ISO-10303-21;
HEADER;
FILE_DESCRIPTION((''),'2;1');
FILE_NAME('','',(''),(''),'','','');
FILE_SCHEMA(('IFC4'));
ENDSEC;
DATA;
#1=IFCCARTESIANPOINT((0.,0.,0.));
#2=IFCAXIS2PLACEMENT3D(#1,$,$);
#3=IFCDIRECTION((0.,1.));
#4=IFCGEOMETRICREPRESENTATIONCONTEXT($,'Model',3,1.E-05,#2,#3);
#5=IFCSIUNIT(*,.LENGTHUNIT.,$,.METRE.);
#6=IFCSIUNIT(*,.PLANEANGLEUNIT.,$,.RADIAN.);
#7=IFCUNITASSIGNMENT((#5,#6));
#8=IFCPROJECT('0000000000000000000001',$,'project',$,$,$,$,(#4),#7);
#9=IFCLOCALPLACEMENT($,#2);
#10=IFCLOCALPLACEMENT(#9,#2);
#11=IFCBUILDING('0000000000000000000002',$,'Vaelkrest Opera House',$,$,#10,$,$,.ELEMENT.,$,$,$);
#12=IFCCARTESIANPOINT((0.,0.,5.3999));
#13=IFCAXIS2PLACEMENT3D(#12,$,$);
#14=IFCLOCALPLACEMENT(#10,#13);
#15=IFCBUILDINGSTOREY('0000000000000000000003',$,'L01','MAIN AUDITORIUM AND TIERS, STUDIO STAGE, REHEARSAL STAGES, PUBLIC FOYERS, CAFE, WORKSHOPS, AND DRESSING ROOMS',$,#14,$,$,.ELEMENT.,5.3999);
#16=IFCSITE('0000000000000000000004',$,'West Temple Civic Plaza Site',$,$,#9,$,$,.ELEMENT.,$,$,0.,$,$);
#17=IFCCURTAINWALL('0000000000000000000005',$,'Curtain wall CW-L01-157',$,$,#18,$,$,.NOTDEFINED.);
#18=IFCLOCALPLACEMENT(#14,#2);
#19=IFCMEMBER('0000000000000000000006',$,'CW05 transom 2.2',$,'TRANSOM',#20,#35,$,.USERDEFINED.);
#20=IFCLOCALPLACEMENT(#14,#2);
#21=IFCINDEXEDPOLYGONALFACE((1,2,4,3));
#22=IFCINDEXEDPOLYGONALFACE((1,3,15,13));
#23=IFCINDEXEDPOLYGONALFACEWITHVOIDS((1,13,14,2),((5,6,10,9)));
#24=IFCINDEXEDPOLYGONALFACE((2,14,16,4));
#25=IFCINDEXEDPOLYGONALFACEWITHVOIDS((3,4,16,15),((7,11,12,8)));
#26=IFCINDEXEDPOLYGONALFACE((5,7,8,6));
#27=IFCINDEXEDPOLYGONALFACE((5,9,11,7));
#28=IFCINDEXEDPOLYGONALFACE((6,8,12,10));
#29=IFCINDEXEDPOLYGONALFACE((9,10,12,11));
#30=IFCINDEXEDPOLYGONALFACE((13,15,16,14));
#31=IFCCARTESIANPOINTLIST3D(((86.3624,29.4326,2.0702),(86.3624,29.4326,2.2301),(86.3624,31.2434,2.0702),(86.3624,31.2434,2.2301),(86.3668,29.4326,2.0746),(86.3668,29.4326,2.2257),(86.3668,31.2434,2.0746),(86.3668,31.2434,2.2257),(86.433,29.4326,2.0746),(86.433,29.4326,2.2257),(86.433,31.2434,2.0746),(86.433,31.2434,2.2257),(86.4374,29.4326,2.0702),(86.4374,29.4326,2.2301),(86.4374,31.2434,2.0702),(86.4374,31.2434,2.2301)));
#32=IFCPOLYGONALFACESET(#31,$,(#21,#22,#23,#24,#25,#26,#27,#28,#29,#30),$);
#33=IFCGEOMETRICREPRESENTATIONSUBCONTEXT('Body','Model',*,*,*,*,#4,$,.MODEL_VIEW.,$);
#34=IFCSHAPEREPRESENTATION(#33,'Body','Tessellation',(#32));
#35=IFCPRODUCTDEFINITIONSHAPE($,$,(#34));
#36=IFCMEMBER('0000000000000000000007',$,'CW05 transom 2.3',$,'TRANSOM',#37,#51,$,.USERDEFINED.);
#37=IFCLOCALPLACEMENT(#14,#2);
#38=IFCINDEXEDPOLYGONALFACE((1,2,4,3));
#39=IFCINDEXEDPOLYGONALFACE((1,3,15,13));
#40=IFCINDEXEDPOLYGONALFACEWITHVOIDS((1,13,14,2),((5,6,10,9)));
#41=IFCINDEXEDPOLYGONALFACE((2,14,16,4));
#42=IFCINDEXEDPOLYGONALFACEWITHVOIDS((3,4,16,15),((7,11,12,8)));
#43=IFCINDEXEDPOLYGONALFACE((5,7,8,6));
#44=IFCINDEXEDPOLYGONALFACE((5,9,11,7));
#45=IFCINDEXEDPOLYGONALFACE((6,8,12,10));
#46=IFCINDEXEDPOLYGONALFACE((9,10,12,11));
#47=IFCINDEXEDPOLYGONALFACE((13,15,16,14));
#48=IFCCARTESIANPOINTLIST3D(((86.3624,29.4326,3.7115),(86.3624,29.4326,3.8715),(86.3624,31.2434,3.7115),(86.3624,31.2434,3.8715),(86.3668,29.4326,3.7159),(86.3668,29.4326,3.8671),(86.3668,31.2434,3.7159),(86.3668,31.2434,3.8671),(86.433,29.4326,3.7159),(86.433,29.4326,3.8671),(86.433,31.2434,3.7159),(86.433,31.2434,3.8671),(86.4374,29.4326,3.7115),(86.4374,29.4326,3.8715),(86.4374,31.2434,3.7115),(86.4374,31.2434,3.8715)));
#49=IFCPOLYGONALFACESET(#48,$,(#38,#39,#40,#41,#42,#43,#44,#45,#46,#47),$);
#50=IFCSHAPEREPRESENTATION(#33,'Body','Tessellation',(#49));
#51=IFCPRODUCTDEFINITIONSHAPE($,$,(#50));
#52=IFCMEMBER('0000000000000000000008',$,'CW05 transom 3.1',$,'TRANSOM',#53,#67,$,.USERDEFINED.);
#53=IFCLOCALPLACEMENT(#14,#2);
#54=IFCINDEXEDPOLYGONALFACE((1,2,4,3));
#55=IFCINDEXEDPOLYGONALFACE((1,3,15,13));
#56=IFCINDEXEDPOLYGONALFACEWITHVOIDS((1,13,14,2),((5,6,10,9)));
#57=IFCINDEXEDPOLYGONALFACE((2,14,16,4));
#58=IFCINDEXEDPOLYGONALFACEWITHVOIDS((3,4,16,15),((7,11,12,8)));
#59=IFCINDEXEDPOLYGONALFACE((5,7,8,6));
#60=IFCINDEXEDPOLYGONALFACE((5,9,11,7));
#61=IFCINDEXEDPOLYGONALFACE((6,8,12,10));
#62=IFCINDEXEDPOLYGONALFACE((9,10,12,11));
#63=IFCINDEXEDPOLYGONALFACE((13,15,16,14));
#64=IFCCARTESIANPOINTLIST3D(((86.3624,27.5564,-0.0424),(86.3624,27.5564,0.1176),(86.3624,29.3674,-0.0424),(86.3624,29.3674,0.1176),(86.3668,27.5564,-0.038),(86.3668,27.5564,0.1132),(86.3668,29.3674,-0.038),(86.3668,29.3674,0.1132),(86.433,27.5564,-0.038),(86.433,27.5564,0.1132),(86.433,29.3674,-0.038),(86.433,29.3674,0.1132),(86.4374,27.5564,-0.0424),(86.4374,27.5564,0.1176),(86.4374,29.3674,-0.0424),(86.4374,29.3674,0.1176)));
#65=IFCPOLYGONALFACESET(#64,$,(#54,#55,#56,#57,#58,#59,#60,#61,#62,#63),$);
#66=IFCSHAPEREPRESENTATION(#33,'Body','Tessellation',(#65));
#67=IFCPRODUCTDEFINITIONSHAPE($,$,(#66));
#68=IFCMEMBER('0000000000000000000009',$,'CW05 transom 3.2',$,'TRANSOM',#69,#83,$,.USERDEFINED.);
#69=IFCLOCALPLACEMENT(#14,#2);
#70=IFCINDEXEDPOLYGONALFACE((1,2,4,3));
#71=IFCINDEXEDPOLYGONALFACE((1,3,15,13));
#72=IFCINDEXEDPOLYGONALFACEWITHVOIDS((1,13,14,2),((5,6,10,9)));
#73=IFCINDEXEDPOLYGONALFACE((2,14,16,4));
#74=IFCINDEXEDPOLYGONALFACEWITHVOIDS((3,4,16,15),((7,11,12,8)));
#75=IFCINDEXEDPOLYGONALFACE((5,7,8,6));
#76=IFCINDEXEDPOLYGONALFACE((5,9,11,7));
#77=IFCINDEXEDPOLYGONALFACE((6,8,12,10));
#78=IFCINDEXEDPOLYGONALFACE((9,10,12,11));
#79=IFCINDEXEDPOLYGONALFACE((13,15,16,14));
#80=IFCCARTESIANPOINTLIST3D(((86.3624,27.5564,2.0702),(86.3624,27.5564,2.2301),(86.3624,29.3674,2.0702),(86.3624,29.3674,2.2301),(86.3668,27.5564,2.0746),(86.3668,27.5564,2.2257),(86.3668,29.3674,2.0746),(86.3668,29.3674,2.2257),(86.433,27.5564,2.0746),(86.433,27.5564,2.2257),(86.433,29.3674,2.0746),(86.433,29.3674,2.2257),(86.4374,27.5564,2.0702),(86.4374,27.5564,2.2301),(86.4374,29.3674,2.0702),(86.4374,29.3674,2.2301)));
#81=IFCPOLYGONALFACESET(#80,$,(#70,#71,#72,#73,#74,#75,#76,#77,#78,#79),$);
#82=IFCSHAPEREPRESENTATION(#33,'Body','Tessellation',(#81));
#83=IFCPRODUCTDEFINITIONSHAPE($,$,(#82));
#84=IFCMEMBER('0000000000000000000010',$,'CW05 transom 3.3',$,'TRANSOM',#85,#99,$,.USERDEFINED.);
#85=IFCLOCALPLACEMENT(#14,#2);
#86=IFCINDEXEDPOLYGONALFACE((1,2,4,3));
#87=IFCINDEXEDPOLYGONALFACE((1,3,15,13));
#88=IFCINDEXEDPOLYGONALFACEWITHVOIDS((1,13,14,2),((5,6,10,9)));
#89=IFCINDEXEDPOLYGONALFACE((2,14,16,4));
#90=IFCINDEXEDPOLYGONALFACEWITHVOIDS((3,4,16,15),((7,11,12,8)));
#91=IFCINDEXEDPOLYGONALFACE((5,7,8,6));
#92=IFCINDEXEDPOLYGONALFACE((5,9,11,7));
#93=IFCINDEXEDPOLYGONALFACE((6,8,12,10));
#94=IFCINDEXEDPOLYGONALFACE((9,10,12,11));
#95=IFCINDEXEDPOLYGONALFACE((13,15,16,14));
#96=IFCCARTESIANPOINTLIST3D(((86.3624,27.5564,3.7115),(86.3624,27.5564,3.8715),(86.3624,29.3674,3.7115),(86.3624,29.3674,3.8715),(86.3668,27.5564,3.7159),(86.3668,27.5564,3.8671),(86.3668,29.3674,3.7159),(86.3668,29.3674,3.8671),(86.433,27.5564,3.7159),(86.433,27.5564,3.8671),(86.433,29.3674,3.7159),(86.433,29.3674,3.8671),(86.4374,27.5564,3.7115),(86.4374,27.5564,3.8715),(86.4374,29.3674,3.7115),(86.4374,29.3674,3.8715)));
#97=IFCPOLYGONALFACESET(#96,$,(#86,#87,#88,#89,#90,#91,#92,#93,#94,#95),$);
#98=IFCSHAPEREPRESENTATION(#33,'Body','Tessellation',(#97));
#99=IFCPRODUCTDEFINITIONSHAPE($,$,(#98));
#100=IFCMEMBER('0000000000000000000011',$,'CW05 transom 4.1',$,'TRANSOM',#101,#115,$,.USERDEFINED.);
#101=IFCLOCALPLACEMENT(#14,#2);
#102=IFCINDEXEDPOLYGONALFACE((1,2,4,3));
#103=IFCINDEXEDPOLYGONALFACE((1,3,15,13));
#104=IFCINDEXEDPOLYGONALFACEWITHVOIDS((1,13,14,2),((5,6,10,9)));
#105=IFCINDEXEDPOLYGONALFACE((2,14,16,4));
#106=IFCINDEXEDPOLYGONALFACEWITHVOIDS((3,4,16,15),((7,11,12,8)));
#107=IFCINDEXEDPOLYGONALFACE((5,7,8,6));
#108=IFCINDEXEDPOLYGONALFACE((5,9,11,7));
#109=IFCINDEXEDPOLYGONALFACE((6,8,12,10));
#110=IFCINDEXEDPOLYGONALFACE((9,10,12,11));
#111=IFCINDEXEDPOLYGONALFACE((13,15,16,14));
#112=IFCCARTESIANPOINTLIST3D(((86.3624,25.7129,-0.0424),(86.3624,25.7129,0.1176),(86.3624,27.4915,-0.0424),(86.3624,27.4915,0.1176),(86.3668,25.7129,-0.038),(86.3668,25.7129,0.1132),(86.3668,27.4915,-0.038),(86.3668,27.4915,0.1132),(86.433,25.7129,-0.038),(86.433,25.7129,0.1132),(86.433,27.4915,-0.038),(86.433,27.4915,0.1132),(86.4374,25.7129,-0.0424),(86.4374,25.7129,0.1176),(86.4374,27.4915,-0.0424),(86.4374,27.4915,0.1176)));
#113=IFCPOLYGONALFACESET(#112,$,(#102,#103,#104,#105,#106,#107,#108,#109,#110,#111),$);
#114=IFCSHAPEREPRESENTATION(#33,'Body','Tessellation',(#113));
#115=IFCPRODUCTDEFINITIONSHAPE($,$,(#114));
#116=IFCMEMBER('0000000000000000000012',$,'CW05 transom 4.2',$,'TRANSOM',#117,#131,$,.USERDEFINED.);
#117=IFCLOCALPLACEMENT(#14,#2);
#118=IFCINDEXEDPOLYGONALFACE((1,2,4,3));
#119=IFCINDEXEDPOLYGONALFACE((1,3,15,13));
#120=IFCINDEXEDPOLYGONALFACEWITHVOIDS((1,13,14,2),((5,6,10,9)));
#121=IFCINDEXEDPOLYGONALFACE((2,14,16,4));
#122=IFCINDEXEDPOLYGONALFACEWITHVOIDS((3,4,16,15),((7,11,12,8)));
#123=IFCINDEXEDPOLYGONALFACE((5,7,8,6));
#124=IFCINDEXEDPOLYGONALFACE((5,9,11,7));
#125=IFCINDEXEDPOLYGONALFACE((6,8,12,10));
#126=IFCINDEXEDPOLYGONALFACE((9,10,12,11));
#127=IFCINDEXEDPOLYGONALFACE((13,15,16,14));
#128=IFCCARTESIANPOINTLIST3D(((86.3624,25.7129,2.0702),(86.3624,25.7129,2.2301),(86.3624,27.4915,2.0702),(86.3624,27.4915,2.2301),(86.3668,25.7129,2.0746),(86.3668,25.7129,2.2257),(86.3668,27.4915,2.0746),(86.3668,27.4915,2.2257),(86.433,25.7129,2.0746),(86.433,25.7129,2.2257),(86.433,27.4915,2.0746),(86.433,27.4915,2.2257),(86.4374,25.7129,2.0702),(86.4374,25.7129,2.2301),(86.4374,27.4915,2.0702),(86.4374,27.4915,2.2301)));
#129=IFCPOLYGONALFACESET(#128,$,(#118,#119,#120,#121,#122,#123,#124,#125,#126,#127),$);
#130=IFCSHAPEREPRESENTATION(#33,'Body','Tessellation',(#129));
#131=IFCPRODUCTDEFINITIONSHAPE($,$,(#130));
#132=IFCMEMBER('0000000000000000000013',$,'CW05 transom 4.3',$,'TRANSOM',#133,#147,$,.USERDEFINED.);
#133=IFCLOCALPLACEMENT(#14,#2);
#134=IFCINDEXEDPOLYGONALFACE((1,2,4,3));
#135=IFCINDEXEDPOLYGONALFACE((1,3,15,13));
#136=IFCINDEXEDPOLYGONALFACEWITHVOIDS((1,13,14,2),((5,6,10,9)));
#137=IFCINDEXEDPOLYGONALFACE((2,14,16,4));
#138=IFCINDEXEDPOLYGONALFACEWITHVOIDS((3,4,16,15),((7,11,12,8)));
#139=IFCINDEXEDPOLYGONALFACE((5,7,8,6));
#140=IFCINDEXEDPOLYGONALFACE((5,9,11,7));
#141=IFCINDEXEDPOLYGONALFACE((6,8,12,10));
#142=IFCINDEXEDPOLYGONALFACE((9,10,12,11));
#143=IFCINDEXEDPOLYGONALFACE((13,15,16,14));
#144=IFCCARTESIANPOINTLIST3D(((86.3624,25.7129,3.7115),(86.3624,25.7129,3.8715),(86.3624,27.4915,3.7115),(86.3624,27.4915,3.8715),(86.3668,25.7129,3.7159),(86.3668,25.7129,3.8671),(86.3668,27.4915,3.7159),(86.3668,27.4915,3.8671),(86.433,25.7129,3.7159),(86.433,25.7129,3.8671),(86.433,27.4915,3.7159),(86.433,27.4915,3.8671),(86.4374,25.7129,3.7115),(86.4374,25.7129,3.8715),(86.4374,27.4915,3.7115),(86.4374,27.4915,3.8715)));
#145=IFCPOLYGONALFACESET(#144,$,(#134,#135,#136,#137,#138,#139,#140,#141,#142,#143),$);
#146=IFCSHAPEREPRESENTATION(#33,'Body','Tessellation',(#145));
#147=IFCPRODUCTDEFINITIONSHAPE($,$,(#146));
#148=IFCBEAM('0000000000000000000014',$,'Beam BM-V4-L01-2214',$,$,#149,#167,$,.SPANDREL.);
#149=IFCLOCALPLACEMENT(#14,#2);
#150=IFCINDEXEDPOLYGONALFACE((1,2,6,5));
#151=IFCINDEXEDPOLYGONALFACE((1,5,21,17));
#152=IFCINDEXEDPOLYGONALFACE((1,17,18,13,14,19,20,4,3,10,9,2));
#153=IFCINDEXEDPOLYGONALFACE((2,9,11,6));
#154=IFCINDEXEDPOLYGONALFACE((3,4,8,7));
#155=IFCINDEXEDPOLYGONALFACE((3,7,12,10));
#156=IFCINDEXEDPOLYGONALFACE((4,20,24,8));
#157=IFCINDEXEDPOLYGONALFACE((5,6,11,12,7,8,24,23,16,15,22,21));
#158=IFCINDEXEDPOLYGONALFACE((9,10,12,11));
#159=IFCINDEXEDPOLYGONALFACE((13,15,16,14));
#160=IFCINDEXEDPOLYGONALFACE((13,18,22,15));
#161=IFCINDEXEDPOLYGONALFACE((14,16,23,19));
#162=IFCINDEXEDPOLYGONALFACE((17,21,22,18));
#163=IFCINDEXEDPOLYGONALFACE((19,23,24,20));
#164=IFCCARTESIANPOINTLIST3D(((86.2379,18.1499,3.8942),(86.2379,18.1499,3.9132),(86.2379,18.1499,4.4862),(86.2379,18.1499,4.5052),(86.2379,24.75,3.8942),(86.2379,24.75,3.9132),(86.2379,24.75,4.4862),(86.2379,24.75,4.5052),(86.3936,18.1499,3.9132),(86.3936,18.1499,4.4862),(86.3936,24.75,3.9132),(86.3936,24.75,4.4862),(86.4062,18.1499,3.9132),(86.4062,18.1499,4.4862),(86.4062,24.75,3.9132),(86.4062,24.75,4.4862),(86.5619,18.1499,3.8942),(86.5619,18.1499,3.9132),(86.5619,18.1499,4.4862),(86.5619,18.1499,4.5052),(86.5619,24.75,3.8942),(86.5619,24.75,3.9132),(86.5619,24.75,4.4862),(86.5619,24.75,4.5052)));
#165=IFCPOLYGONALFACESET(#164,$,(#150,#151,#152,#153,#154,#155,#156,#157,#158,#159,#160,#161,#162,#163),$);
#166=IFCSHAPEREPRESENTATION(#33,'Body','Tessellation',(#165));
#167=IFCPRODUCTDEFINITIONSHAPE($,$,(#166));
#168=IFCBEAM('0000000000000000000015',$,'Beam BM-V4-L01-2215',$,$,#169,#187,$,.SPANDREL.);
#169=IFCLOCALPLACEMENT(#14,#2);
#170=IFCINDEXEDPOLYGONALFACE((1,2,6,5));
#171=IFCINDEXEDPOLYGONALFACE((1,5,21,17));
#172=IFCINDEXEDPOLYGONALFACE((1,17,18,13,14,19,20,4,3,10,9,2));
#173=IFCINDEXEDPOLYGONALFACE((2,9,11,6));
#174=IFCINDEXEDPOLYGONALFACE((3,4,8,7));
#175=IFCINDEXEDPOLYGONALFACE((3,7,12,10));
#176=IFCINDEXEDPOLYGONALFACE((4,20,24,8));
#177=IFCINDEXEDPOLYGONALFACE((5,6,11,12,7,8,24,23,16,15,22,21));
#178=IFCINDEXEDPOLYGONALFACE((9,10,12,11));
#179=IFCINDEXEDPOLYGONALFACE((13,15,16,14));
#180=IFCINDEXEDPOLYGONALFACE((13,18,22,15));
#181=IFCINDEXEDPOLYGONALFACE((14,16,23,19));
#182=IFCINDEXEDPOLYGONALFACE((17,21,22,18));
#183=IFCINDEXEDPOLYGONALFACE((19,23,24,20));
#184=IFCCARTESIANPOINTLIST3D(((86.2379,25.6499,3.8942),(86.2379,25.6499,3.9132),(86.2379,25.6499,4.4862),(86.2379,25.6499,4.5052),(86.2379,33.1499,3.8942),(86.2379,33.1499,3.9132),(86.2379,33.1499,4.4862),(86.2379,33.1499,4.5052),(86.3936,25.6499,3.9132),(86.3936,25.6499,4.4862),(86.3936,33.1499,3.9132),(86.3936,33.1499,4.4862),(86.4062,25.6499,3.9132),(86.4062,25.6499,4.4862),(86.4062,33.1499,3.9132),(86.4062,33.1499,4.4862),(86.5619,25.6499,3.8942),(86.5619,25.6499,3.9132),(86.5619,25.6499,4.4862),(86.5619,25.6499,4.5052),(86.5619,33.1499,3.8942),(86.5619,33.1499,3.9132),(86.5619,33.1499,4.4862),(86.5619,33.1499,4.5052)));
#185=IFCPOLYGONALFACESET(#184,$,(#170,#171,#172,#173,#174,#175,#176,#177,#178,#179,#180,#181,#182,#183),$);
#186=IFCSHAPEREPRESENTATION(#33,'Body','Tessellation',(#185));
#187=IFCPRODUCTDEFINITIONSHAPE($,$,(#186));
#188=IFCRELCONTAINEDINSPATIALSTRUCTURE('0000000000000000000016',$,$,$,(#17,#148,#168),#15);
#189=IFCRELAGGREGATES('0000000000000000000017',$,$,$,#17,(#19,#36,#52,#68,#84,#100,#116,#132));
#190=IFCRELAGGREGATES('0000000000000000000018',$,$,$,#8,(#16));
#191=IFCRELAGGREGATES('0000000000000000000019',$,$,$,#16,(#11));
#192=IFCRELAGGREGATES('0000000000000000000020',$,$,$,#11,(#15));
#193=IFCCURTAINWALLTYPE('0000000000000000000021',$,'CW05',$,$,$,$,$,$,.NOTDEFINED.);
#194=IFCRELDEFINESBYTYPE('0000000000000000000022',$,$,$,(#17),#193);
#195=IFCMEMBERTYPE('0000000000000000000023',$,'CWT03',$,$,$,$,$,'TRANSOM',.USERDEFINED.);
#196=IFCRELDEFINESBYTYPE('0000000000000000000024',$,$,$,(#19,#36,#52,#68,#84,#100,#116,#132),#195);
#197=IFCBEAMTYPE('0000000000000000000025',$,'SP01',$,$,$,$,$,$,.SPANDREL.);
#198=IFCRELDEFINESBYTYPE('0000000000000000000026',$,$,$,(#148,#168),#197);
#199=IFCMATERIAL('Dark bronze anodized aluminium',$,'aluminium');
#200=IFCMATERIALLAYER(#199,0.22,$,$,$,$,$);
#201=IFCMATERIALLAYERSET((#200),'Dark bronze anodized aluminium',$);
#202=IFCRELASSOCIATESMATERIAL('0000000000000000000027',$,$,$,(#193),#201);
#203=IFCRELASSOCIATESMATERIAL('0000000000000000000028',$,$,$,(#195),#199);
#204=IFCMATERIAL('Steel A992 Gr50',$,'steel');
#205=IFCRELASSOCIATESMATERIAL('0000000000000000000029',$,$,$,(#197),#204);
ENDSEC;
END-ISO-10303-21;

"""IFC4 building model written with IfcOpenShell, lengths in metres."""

from ifc_helpers import new_model, si_unit, direction, frame, origin, origin_2d, place, context, subcontext, project, spatial, hollow_rectangle, i_section, extrude, material, layer, layer_set, material_profile, profile_set, type_object, element, aggregate, save


model = new_model("IFC4")

# Units and contexts
model_context = context("Model", 3, precision=1e-05, world=origin(), true_north=direction((0.0, 1.0)))
body_context = subcontext(model_context, "Body", "Model", "MODEL_VIEW")
ifc_project = project(units=[si_unit("LENGTHUNIT", "METRE"), si_unit("PLANEANGLEUNIT", "RADIAN")], contexts=[model_context])

# Site, building, storey
site_placement = place(None, origin())
site = spatial("IfcSite", under=ifc_project, at=site_placement, Name="West Temple Civic Plaza Site", CompositionType="ELEMENT", RefElevation=0.0)
building_placement = place(site_placement, origin())
building = spatial("IfcBuilding", under=site, at=building_placement, Name="Vaelkrest Opera House", CompositionType="ELEMENT")
storey_placement = place(building_placement, frame((0.0, 0.0, 5.3999)))
storey = spatial("IfcBuildingStorey", under=building, at=storey_placement, Name="L01", Description="MAIN AUDITORIUM AND TIERS, STUDIO STAGE, REHEARSAL STAGES, PUBLIC FOYERS, CAFE, WORKSHOPS, AND DRESSING ROOMS", CompositionType="ELEMENT", Elevation=5.3999)

# Curtain wall, members
ifc_material_1 = material(Name="Dark bronze anodized aluminium", Category="aluminium")
ifc_layer_1 = layer(ifc_material_1, 0.22)
ifc_layer_set_1 = layer_set([ifc_layer_1], Name="Dark bronze anodized aluminium")
curtain_wall_type = type_object("IfcCurtainWallType", Name="CW05", PredefinedType="NOTDEFINED", material=ifc_layer_set_1)
curtain_wall_placement = place(storey_placement, origin())
curtain_wall = element("IfcCurtainWall", 1, at=curtain_wall_placement, inside=storey, type_object=curtain_wall_type, Name="Curtain wall CW-L01-157", PredefinedType="NOTDEFINED")
ifc_material_profile_1 = material_profile(ifc_material_1, hollow_rectangle(XDim=0.075, YDim=0.1599, WallThickness=0.0044, at=origin_2d()), Name="CWT75X160")
ifc_profile_set_1 = profile_set([ifc_material_profile_1], Name="Dark bronze anodized aluminium")
member_type_1 = type_object("IfcMemberType", Name="CWT03", ElementType="TRANSOM", PredefinedType="USERDEFINED", material=ifc_profile_set_1)
member_1_placement = place(storey_placement, frame((86.3999, 31.2434, 2.1501), z_axis=(0.0, -1.0, 0.0), x_axis=(1.0, 0.0, 0.0)))
member_1 = element("IfcMember", 2, at=member_1_placement, type_object=member_type_1, Name="CW05 transom 2.2", ObjectType="TRANSOM", PredefinedType="USERDEFINED", context=body_context, shape_type="SweptSolid", body=[
    extrude(hollow_rectangle(XDim=0.075, YDim=0.1599, WallThickness=0.0044, at=origin_2d()), origin(), (0.0, 0.0, 1.0), 1.8108),
])
member_2_placement = place(storey_placement, frame((86.3999, 31.2434, 3.7915), z_axis=(0.0, -1.0, 0.0), x_axis=(1.0, 0.0, 0.0)))
member_2 = element("IfcMember", 3, at=member_2_placement, type_object=member_type_1, Name="CW05 transom 2.3", ObjectType="TRANSOM", PredefinedType="USERDEFINED", context=body_context, shape_type="SweptSolid", body=[
    extrude(hollow_rectangle(XDim=0.075, YDim=0.1599, WallThickness=0.0044, at=origin_2d()), origin(), (0.0, 0.0, 1.0), 1.8108),
])
member_3_placement = place(storey_placement, frame((86.3999, 29.3674, 0.0376), z_axis=(0.0, -1.0, 0.0), x_axis=(1.0, 0.0, 0.0)))
member_3 = element("IfcMember", 4, at=member_3_placement, type_object=member_type_1, Name="CW05 transom 3.1", ObjectType="TRANSOM", PredefinedType="USERDEFINED", context=body_context, shape_type="SweptSolid", body=[
    extrude(hollow_rectangle(XDim=0.075, YDim=0.1599, WallThickness=0.0044, at=origin_2d()), origin(), (0.0, 0.0, 1.0), 1.811),
])
member_4_placement = place(storey_placement, frame((86.3999, 29.3674, 2.1501), z_axis=(0.0, -1.0, 0.0), x_axis=(1.0, 0.0, 0.0)))
member_4 = element("IfcMember", 5, at=member_4_placement, type_object=member_type_1, Name="CW05 transom 3.2", ObjectType="TRANSOM", PredefinedType="USERDEFINED", context=body_context, shape_type="SweptSolid", body=[
    extrude(hollow_rectangle(XDim=0.075, YDim=0.1599, WallThickness=0.0044, at=origin_2d()), origin(), (0.0, 0.0, 1.0), 1.811),
])
member_5_placement = place(storey_placement, frame((86.3999, 29.3674, 3.7915), z_axis=(0.0, -1.0, 0.0), x_axis=(1.0, 0.0, 0.0)))
member_5 = element("IfcMember", 6, at=member_5_placement, type_object=member_type_1, Name="CW05 transom 3.3", ObjectType="TRANSOM", PredefinedType="USERDEFINED", context=body_context, shape_type="SweptSolid", body=[
    extrude(hollow_rectangle(XDim=0.075, YDim=0.1599, WallThickness=0.0044, at=origin_2d()), origin(), (0.0, 0.0, 1.0), 1.811),
])
member_6_placement = place(storey_placement, frame((86.3999, 27.4915, 0.0376), z_axis=(0.0, -1.0, 0.0), x_axis=(1.0, 0.0, 0.0)))
member_6 = element("IfcMember", 7, at=member_6_placement, type_object=member_type_1, Name="CW05 transom 4.1", ObjectType="TRANSOM", PredefinedType="USERDEFINED", context=body_context, shape_type="SweptSolid", body=[
    extrude(hollow_rectangle(XDim=0.075, YDim=0.1599, WallThickness=0.0044, at=origin_2d()), origin(), (0.0, 0.0, 1.0), 1.7786),
])
member_7_placement = place(storey_placement, frame((86.3999, 27.4915, 2.1501), z_axis=(0.0, -1.0, 0.0), x_axis=(1.0, 0.0, 0.0)))
member_7 = element("IfcMember", 8, at=member_7_placement, type_object=member_type_1, Name="CW05 transom 4.2", ObjectType="TRANSOM", PredefinedType="USERDEFINED", context=body_context, shape_type="SweptSolid", body=[
    extrude(hollow_rectangle(XDim=0.075, YDim=0.1599, WallThickness=0.0044, at=origin_2d()), origin(), (0.0, 0.0, 1.0), 1.7786),
])
member_8_placement = place(storey_placement, frame((86.3999, 27.4915, 3.7915), z_axis=(0.0, -1.0, 0.0), x_axis=(1.0, 0.0, 0.0)))
member_8 = element("IfcMember", 9, at=member_8_placement, type_object=member_type_1, Name="CW05 transom 4.3", ObjectType="TRANSOM", PredefinedType="USERDEFINED", context=body_context, shape_type="SweptSolid", body=[
    extrude(hollow_rectangle(XDim=0.075, YDim=0.1599, WallThickness=0.0044, at=origin_2d()), origin(), (0.0, 0.0, 1.0), 1.7786),
])

# Beams
ifc_material_2 = material(Name="Steel A992 Gr50", Category="steel")
ifc_material_profile_2 = material_profile(ifc_material_2, i_section(OverallWidth=0.324, OverallDepth=0.6111, WebThickness=0.0127, FlangeThickness=0.019, at=origin_2d()), Name="W24X104")
ifc_profile_set_2 = profile_set([ifc_material_profile_2], Name="Steel A992 Gr50")
beam_type = type_object("IfcBeamType", Name="SP01", PredefinedType="SPANDREL", material=ifc_profile_set_2)
beam_1_placement = place(storey_placement, frame((86.3999, 18.1499, 4.1997), z_axis=(0.0, 1.0, 0.0), x_axis=(-1.0, 0.0, 0.0)))
element("IfcBeam", 10, at=beam_1_placement, inside=storey, type_object=beam_type, Name="Beam BM-V4-L01-2214", PredefinedType="SPANDREL", context=body_context, shape_type="SweptSolid", body=[
    extrude(i_section(OverallWidth=0.324, OverallDepth=0.6111, WebThickness=0.0127, FlangeThickness=0.019, at=origin_2d()), origin(), (0.0, 0.0, 1.0), 6.6001),
])
beam_2_placement = place(storey_placement, frame((86.3999, 25.6499, 4.1997), z_axis=(0.0, 1.0, 0.0), x_axis=(-1.0, 0.0, 0.0)))
element("IfcBeam", 11, at=beam_2_placement, inside=storey, type_object=beam_type, Name="Beam BM-V4-L01-2215", PredefinedType="SPANDREL", context=body_context, shape_type="SweptSolid", body=[
    extrude(i_section(OverallWidth=0.324, OverallDepth=0.6111, WebThickness=0.0127, FlangeThickness=0.019, at=origin_2d()), origin(), (0.0, 0.0, 1.0), 7.5),
])

aggregate(curtain_wall, [member_1, member_2, member_3, member_4, member_5, member_6, member_7, member_8])

save(model, "model.ifc")
